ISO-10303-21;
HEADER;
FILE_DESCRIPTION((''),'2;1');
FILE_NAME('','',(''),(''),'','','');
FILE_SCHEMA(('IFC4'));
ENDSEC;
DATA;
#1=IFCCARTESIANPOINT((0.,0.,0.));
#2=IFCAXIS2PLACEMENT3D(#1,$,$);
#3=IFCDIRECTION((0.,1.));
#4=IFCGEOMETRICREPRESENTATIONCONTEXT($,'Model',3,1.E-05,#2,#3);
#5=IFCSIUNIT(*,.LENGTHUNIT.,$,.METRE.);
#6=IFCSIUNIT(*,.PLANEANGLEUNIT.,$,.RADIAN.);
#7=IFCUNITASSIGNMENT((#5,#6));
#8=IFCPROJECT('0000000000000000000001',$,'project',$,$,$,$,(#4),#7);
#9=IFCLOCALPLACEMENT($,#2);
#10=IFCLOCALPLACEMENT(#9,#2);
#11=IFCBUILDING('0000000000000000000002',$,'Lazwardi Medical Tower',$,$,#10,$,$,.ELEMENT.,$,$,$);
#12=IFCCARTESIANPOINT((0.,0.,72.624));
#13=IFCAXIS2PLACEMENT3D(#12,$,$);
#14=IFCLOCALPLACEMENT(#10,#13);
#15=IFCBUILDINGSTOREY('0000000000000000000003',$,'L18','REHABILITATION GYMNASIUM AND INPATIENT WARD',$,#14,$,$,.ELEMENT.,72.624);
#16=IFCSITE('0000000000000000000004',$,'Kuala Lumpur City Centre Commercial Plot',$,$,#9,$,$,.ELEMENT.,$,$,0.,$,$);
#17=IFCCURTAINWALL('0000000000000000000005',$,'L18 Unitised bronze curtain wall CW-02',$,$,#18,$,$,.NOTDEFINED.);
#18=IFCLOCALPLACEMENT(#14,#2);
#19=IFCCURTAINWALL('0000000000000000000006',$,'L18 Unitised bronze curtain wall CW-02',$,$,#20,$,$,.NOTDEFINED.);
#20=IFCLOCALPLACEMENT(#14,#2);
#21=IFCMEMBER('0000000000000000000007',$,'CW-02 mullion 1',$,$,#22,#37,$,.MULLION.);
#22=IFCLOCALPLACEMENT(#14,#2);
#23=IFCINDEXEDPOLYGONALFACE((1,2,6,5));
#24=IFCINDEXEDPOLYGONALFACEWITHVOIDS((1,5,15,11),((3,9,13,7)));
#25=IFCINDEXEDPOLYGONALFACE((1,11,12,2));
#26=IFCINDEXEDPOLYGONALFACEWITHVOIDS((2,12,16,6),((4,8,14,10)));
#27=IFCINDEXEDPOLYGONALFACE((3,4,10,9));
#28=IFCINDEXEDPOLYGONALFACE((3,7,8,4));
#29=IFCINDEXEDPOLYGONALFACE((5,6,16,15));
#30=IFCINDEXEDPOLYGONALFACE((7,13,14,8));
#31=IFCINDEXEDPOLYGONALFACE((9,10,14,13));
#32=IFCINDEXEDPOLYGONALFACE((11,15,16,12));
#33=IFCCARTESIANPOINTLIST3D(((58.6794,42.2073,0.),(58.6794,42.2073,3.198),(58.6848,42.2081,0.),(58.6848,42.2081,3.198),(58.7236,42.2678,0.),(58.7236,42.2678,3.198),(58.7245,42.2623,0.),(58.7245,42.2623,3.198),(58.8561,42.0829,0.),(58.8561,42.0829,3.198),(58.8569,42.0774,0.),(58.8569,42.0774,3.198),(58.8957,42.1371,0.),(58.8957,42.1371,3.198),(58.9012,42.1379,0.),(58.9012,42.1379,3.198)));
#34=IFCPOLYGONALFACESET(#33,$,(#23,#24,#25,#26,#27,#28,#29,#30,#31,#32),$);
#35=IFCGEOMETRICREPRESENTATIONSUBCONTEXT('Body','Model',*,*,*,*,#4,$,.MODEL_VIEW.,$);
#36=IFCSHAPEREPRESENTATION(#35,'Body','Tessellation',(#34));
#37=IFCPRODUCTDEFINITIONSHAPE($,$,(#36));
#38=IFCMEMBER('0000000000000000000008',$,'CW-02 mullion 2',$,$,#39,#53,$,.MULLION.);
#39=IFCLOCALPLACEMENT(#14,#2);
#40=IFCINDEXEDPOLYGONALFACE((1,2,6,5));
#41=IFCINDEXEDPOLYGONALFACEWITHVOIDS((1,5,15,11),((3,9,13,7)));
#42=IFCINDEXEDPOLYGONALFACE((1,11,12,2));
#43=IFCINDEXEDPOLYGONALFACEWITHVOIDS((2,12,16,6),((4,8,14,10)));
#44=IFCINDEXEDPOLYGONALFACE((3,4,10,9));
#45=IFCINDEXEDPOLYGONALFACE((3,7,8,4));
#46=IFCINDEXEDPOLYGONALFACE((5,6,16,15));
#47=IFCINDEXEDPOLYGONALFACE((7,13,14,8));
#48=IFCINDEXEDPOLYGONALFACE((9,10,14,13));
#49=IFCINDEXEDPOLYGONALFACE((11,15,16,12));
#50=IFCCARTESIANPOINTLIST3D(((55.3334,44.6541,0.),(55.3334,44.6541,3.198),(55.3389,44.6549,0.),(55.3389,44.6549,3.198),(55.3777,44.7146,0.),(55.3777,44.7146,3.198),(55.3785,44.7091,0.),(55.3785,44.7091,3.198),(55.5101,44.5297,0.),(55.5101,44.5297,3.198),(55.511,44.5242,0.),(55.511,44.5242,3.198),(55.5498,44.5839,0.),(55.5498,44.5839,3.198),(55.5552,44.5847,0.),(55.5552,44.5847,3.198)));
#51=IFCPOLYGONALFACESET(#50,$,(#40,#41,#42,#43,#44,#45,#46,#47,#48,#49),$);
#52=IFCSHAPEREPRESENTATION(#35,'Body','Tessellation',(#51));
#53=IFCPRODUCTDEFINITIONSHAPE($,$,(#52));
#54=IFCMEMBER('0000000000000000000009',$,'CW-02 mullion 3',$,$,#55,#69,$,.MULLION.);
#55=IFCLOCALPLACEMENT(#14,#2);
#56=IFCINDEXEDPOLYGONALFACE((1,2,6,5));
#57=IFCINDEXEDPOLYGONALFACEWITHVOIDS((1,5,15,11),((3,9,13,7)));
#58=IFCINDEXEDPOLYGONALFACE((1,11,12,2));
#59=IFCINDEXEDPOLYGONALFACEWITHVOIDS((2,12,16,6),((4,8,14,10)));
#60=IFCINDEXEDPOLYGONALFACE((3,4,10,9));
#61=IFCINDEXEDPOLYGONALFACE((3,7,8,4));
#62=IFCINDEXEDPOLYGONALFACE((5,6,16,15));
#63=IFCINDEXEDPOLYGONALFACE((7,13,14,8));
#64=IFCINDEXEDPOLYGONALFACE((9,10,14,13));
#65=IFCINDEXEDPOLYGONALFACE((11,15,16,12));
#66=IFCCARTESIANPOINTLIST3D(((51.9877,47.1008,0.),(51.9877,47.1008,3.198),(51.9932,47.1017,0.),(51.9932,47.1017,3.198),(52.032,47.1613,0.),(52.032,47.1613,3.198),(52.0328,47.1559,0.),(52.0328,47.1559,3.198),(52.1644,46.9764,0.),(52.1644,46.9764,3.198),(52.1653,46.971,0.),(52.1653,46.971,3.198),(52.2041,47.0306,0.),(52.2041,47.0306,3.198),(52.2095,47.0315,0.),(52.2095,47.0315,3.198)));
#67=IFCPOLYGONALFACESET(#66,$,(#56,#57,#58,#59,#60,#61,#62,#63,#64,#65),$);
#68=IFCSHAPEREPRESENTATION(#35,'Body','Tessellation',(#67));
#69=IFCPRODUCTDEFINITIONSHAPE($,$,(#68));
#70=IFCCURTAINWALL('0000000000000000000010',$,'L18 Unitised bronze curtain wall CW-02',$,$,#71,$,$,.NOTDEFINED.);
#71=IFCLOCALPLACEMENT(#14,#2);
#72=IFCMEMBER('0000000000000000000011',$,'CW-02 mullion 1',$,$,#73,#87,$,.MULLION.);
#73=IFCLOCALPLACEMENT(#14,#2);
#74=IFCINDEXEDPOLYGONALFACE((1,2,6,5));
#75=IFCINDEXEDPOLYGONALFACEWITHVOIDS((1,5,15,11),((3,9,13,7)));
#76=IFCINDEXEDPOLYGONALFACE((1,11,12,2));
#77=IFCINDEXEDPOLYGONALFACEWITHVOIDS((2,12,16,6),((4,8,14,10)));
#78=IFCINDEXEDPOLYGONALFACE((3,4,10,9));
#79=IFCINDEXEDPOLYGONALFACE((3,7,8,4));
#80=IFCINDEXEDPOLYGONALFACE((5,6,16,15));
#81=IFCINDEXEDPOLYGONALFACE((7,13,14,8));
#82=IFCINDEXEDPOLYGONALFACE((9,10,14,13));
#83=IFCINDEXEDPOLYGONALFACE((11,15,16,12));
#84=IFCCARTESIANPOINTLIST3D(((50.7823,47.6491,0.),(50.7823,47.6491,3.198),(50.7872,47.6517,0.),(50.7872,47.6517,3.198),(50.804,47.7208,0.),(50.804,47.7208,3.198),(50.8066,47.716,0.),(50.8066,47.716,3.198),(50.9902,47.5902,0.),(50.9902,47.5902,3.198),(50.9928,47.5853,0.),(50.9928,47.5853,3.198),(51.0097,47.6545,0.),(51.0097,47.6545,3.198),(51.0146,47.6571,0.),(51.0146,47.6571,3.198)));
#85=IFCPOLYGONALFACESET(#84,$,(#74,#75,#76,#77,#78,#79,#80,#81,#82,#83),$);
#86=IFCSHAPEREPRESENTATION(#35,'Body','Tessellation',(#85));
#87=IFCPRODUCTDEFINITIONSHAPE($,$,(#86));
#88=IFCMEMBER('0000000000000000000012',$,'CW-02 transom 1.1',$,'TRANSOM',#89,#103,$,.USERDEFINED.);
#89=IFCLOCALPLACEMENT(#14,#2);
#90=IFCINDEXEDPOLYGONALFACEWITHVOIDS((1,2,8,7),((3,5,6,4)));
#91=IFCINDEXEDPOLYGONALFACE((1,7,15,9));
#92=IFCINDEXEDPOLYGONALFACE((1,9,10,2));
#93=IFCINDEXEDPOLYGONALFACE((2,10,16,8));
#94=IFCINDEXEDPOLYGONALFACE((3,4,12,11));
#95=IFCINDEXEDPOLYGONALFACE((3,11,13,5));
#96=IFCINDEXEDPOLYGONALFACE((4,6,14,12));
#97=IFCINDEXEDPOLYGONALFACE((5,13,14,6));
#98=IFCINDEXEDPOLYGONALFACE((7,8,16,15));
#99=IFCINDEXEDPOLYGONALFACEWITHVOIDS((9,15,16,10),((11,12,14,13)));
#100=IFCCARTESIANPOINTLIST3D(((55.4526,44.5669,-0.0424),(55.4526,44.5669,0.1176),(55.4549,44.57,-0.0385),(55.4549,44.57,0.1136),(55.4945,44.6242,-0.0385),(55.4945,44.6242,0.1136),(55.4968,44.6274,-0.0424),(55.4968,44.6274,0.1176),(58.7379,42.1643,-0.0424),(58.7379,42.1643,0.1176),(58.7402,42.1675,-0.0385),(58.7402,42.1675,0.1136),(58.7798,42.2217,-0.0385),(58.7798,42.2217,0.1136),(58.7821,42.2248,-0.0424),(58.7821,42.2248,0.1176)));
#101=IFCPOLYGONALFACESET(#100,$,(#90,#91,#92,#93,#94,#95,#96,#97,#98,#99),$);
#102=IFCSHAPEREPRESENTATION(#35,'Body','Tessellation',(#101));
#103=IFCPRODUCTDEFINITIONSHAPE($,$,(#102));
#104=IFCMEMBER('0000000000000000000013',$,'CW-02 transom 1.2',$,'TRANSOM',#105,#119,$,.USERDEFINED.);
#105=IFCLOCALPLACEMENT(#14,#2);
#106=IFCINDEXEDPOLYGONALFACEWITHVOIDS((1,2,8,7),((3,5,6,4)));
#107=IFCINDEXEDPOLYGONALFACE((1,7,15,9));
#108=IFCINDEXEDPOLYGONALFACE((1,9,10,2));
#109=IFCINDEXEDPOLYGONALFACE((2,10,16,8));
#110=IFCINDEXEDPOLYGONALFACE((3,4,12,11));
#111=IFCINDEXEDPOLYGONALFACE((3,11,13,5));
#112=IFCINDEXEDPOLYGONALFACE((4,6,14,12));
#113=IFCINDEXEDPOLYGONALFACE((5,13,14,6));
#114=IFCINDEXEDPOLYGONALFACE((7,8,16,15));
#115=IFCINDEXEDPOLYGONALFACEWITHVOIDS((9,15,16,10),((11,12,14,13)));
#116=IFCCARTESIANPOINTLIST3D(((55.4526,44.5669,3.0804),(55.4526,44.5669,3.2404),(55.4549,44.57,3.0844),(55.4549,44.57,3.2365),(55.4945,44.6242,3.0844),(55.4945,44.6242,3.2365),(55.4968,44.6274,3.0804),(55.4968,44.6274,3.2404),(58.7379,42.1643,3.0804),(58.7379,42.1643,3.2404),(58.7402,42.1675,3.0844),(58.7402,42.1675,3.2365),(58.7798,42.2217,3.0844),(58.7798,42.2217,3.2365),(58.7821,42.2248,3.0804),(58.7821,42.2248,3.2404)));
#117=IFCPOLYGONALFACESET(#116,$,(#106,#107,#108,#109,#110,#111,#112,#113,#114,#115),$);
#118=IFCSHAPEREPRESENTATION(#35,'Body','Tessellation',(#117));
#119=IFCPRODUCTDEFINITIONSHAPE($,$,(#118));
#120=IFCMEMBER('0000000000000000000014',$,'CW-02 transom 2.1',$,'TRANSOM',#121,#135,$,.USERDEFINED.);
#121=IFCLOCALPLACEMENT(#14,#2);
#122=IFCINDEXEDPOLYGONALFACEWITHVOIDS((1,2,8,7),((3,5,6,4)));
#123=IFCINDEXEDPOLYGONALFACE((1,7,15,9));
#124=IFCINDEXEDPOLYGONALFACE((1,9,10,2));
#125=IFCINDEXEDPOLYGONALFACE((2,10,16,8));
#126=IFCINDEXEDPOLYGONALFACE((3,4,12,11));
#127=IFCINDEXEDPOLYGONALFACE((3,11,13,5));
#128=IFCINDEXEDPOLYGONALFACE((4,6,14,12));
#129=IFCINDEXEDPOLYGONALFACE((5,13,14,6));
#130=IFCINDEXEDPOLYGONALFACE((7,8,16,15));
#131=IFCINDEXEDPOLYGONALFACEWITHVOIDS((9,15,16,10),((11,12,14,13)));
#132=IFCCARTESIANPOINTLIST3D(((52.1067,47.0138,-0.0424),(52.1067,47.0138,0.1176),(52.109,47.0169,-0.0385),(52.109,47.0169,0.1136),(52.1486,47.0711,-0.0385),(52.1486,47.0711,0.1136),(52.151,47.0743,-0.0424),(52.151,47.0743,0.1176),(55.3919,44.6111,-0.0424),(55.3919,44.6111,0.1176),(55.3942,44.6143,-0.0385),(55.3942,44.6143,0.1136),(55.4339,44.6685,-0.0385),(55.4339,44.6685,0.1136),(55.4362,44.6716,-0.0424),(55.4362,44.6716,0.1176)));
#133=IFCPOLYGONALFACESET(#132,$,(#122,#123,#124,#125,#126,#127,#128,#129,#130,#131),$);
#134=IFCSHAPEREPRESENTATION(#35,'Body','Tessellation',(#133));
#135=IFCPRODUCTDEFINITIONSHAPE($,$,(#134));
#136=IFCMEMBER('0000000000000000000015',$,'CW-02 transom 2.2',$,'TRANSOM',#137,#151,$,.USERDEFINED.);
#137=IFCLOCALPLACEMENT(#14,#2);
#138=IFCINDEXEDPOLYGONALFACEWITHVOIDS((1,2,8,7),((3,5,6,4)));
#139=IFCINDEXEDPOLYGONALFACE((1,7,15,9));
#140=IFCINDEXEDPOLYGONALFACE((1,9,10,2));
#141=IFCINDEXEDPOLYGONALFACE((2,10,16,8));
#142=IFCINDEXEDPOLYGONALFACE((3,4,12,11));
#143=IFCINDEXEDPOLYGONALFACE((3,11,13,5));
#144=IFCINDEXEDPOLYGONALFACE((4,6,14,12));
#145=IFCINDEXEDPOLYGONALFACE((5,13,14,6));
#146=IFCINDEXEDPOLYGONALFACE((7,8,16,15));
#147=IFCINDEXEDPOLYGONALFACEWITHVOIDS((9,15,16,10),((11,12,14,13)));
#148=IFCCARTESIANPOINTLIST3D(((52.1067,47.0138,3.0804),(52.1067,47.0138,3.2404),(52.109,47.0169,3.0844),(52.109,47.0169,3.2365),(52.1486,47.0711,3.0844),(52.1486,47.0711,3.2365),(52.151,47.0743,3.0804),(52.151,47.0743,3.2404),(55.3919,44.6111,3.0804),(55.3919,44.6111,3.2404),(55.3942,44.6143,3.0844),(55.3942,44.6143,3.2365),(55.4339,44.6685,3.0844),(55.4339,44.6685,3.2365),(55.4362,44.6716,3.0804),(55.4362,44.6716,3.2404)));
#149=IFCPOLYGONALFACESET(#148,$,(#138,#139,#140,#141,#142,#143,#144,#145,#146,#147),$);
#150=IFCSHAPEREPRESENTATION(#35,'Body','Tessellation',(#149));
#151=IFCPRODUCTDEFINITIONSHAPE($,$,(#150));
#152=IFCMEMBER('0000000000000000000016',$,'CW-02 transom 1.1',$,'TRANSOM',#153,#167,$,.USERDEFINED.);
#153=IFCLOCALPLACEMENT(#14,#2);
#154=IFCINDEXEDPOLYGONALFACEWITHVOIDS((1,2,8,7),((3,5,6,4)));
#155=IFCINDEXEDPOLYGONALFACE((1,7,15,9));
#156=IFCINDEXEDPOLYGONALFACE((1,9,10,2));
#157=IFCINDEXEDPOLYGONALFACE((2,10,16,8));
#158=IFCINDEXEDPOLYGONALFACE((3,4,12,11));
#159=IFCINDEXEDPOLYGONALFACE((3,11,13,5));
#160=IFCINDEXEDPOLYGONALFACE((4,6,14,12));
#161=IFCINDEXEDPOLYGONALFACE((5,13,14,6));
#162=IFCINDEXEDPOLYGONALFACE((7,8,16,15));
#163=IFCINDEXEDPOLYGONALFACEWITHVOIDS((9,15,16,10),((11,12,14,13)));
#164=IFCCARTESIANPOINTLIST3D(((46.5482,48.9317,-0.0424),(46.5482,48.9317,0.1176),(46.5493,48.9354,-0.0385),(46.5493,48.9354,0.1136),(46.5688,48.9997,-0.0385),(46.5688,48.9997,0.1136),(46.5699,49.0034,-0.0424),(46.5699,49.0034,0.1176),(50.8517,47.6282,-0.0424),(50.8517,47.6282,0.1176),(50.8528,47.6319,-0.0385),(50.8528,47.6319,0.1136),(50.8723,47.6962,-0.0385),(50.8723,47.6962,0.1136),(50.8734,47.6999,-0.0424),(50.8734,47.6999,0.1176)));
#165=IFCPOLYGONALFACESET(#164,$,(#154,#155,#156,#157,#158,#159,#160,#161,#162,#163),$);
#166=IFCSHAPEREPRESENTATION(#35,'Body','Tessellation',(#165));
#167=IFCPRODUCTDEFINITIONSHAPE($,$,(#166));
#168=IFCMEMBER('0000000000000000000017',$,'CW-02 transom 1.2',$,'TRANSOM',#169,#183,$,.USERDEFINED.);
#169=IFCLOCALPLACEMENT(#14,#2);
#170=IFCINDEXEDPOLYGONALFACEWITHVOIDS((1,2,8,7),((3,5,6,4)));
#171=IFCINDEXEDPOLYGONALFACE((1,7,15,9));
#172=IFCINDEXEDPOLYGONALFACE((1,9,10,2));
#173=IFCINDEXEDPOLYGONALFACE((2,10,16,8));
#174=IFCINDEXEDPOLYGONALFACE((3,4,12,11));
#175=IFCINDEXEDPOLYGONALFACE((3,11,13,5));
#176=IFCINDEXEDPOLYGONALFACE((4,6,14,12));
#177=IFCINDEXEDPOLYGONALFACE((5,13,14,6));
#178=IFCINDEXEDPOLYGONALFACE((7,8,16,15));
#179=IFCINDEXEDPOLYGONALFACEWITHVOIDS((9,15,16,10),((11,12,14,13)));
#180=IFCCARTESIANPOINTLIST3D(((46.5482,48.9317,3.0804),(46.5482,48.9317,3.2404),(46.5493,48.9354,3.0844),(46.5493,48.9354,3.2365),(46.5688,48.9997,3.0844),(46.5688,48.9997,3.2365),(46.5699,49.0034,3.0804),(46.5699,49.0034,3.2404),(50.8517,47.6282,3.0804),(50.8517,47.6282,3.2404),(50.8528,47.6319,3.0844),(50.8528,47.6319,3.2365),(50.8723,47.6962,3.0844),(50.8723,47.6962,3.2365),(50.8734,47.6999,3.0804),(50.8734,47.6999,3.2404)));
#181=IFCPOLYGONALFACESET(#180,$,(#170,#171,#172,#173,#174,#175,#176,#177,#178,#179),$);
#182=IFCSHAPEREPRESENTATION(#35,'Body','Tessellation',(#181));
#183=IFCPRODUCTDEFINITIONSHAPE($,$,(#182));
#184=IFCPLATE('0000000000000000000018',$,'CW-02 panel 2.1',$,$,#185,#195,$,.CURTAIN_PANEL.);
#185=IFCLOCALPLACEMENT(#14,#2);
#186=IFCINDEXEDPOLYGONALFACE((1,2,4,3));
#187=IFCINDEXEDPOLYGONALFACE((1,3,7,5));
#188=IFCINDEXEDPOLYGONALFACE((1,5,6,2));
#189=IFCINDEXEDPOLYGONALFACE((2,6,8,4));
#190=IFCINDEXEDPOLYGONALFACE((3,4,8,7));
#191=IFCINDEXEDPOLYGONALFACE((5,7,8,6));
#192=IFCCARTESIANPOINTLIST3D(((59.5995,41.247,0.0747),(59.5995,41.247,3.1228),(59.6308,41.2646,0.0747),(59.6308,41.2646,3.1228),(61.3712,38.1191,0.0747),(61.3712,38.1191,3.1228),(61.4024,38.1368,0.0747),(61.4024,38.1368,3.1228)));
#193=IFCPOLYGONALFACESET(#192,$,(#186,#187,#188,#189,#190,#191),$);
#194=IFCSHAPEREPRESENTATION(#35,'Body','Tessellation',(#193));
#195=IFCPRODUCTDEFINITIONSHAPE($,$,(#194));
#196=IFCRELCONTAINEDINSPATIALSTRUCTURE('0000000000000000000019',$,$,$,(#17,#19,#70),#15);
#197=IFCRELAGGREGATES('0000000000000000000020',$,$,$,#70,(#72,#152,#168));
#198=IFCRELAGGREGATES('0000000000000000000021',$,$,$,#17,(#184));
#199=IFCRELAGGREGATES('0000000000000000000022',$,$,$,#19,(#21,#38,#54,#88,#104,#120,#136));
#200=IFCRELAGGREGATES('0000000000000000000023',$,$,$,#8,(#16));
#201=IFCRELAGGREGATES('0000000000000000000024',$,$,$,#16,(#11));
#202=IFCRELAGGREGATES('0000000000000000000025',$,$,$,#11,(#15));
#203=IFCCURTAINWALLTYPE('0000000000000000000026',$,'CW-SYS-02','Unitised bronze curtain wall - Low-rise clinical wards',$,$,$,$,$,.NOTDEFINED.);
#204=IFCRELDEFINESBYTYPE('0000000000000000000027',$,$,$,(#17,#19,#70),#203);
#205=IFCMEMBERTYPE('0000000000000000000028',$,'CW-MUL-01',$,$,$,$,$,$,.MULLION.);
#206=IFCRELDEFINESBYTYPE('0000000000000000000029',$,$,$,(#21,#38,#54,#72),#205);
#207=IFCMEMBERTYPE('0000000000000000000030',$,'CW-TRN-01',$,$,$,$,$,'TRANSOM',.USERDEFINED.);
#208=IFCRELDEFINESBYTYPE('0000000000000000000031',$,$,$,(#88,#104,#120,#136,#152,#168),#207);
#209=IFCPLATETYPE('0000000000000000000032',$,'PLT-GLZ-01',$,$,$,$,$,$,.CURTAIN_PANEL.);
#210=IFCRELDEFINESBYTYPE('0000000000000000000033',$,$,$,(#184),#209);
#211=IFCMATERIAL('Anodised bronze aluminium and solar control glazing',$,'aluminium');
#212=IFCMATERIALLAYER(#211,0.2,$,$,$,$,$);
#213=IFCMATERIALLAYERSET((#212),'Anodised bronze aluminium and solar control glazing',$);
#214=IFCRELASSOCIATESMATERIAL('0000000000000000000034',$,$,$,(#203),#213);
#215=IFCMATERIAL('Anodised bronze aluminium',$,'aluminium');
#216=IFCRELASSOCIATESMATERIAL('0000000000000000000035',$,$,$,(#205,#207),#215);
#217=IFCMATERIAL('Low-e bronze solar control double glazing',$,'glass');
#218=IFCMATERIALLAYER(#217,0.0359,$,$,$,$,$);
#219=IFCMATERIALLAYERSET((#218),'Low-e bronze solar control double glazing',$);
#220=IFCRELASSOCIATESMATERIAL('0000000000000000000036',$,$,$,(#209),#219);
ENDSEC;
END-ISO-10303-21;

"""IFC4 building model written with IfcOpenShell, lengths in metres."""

from ifc_helpers import new_model, si_unit, direction, frame, origin, origin_2d, place, context, subcontext, project, spatial, rectangle, hollow_rectangle, extrude, material, layer, layer_set, material_profile, profile_set, type_object, element, aggregate, save


model = new_model("IFC4")

# Units and contexts
model_context = context("Model", 3, precision=1e-05, world=origin(), true_north=direction((0.0, 1.0)))
body_context = subcontext(model_context, "Body", "Model", "MODEL_VIEW")
ifc_project = project(units=[si_unit("LENGTHUNIT", "METRE"), si_unit("PLANEANGLEUNIT", "RADIAN")], contexts=[model_context])

# Site, building, storey
site_placement = place(None, origin())
site = spatial("IfcSite", under=ifc_project, at=site_placement, Name="Kuala Lumpur City Centre Commercial Plot", CompositionType="ELEMENT", RefElevation=0.0)
building_placement = place(site_placement, origin())
building = spatial("IfcBuilding", under=site, at=building_placement, Name="Lazwardi Medical Tower", CompositionType="ELEMENT")
storey_placement = place(building_placement, frame((0.0, 0.0, 72.624)))
storey = spatial("IfcBuildingStorey", under=building, at=storey_placement, Name="L18", Description="REHABILITATION GYMNASIUM AND INPATIENT WARD", CompositionType="ELEMENT", Elevation=72.624)

# Curtain wall
ifc_material_1 = material(Name="Anodised bronze aluminium and solar control glazing", Category="aluminium")
ifc_layer_1 = layer(ifc_material_1, 0.2)
ifc_layer_set_1 = layer_set([ifc_layer_1], Name="Anodised bronze aluminium and solar control glazing")
curtain_wall_type = type_object("IfcCurtainWallType", Name="CW-SYS-02", Description="Unitised bronze curtain wall - Low-rise clinical wards", PredefinedType="NOTDEFINED", material=ifc_layer_set_1)
curtain_wall_1_placement = place(storey_placement, origin())
curtain_wall_1 = element("IfcCurtainWall", 1, at=curtain_wall_1_placement, inside=storey, type_object=curtain_wall_type, Name="L18 Unitised bronze curtain wall CW-02", PredefinedType="NOTDEFINED")
ifc_material_2 = material(Name="Anodised bronze aluminium", Category="aluminium")
ifc_material_profile_1 = material_profile(ifc_material_2, hollow_rectangle(XDim=0.075, YDim=0.22, WallThickness=0.0039, at=origin_2d()), Name="ALU-MULLION 220x75x4")
ifc_profile_set_1 = profile_set([ifc_material_profile_1], Name="Anodised bronze aluminium")
member_type_1 = type_object("IfcMemberType", Name="CW-MUL-01", PredefinedType="MULLION", material=ifc_profile_set_1)

# Curtain wall, members
curtain_wall_2_placement = place(storey_placement, origin())
curtain_wall_2 = element("IfcCurtainWall", 2, at=curtain_wall_2_placement, inside=storey, type_object=curtain_wall_type, Name="L18 Unitised bronze curtain wall CW-02", PredefinedType="NOTDEFINED")
member_1_placement = place(storey_placement, frame((58.7903, 42.1726, 0.0), z_axis=(0.0, 0.0, 1.0), x_axis=(-0.590289, -0.807192, 0.0)))
member_1 = element("IfcMember", 3, at=member_1_placement, type_object=member_type_1, Name="CW-02 mullion 1", PredefinedType="MULLION", context=body_context, shape_type="SweptSolid", body=[
    extrude(hollow_rectangle(XDim=0.075, YDim=0.22, WallThickness=0.0039, at=origin_2d()), origin(), (0.0, 0.0, 1.0), 3.198),
])
member_2_placement = place(storey_placement, frame((55.4443, 44.6194, 0.0), z_axis=(0.0, 0.0, 1.0), x_axis=(-0.590289, -0.807192, 0.0)))
member_2 = element("IfcMember", 4, at=member_2_placement, type_object=member_type_1, Name="CW-02 mullion 2", PredefinedType="MULLION", context=body_context, shape_type="SweptSolid", body=[
    extrude(hollow_rectangle(XDim=0.075, YDim=0.22, WallThickness=0.0039, at=origin_2d()), origin(), (0.0, 0.0, 1.0), 3.198),
])
member_3_placement = place(storey_placement, frame((52.0986, 47.0662, 0.0), z_axis=(0.0, 0.0, 1.0), x_axis=(-0.590289, -0.807192, 0.0)))
member_3 = element("IfcMember", 5, at=member_3_placement, type_object=member_type_1, Name="CW-02 mullion 3", PredefinedType="MULLION", context=body_context, shape_type="SweptSolid", body=[
    extrude(hollow_rectangle(XDim=0.075, YDim=0.22, WallThickness=0.0039, at=origin_2d()), origin(), (0.0, 0.0, 1.0), 3.198),
])

# Curtain wall, member
curtain_wall_3_placement = place(storey_placement, origin())
curtain_wall_3 = element("IfcCurtainWall", 6, at=curtain_wall_3_placement, inside=storey, type_object=curtain_wall_type, Name="L18 Unitised bronze curtain wall CW-02", PredefinedType="NOTDEFINED")
member_4_placement = place(storey_placement, frame((50.8984, 47.6531, 0.0), z_axis=(0.0, 0.0, 1.0), x_axis=(-0.289896, -0.957058, 0.0)))
member_4 = element("IfcMember", 7, at=member_4_placement, type_object=member_type_1, Name="CW-02 mullion 1", PredefinedType="MULLION", context=body_context, shape_type="SweptSolid", body=[
    extrude(hollow_rectangle(XDim=0.075, YDim=0.22, WallThickness=0.0039, at=origin_2d()), origin(), (0.0, 0.0, 1.0), 3.198),
])

# Members
ifc_material_profile_2 = material_profile(ifc_material_2, hollow_rectangle(XDim=0.075, YDim=0.1599, WallThickness=0.0039, at=origin_2d()), Name="ALU-TRANSOM 160x75x4")
ifc_profile_set_2 = profile_set([ifc_material_profile_2], Name="Anodised bronze aluminium")
member_type_2 = type_object("IfcMemberType", Name="CW-TRN-01", ElementType="TRANSOM", PredefinedType="USERDEFINED", material=ifc_profile_set_2)
member_5_placement = place(storey_placement, frame((58.76, 42.1946, 0.0376), z_axis=(-0.80719, 0.590292, 0.0), x_axis=(-0.590292, -0.80719, 0.0)))
member_5 = element("IfcMember", 8, at=member_5_placement, type_object=member_type_2, Name="CW-02 transom 1.1", ObjectType="TRANSOM", PredefinedType="USERDEFINED", context=body_context, shape_type="SweptSolid", body=[
    extrude(hollow_rectangle(XDim=0.075, YDim=0.1599, WallThickness=0.0039, at=origin_2d()), origin(), (0.0, 0.0, 1.0), 4.0701),
])
member_6_placement = place(storey_placement, frame((58.76, 42.1946, 3.1604), z_axis=(-0.80719, 0.590292, 0.0), x_axis=(-0.590292, -0.80719, 0.0)))
member_6 = element("IfcMember", 9, at=member_6_placement, type_object=member_type_2, Name="CW-02 transom 1.2", ObjectType="TRANSOM", PredefinedType="USERDEFINED", context=body_context, shape_type="SweptSolid", body=[
    extrude(hollow_rectangle(XDim=0.075, YDim=0.1599, WallThickness=0.0039, at=origin_2d()), origin(), (0.0, 0.0, 1.0), 4.0701),
])
member_7_placement = place(storey_placement, frame((55.4141, 44.6414, 0.0376), z_axis=(-0.807169, 0.59032, 0.0), x_axis=(-0.59032, -0.807169, 0.0)))
member_7 = element("IfcMember", 10, at=member_7_placement, type_object=member_type_2, Name="CW-02 transom 2.1", ObjectType="TRANSOM", PredefinedType="USERDEFINED", context=body_context, shape_type="SweptSolid", body=[
    extrude(hollow_rectangle(XDim=0.075, YDim=0.1599, WallThickness=0.0039, at=origin_2d()), origin(), (0.0, 0.0, 1.0), 4.0701),
])
member_8_placement = place(storey_placement, frame((55.4141, 44.6414, 3.1604), z_axis=(-0.807169, 0.59032, 0.0), x_axis=(-0.59032, -0.807169, 0.0)))
member_8 = element("IfcMember", 11, at=member_8_placement, type_object=member_type_2, Name="CW-02 transom 2.2", ObjectType="TRANSOM", PredefinedType="USERDEFINED", context=body_context, shape_type="SweptSolid", body=[
    extrude(hollow_rectangle(XDim=0.075, YDim=0.1599, WallThickness=0.0039, at=origin_2d()), origin(), (0.0, 0.0, 1.0), 4.0701),
])
member_9_placement = place(storey_placement, frame((50.8625, 47.6641, 0.0376), z_axis=(-0.957062, 0.289882, 0.0), x_axis=(-0.289882, -0.957062, 0.0)))
member_9 = element("IfcMember", 12, at=member_9_placement, type_object=member_type_2, Name="CW-02 transom 1.1", ObjectType="TRANSOM", PredefinedType="USERDEFINED", context=body_context, shape_type="SweptSolid", body=[
    extrude(hollow_rectangle(XDim=0.075, YDim=0.1599, WallThickness=0.0039, at=origin_2d()), origin(), (0.0, 0.0, 1.0), 4.4966),
])
member_10_placement = place(storey_placement, frame((50.8625, 47.6641, 3.1604), z_axis=(-0.957062, 0.289882, 0.0), x_axis=(-0.289882, -0.957062, 0.0)))
member_10 = element("IfcMember", 13, at=member_10_placement, type_object=member_type_2, Name="CW-02 transom 1.2", ObjectType="TRANSOM", PredefinedType="USERDEFINED", context=body_context, shape_type="SweptSolid", body=[
    extrude(hollow_rectangle(XDim=0.075, YDim=0.1599, WallThickness=0.0039, at=origin_2d()), origin(), (0.0, 0.0, 1.0), 4.4966),
])
aggregate(curtain_wall_3, [member_4, member_9, member_10])

# Plate
ifc_material_3 = material(Name="Low-e bronze solar control double glazing", Category="glass")
ifc_layer_2 = layer(ifc_material_3, 0.0359)
ifc_layer_set_2 = layer_set([ifc_layer_2], Name="Low-e bronze solar control double glazing")
plate_type = type_object("IfcPlateType", Name="PLT-GLZ-01", PredefinedType="CURTAIN_PANEL", material=ifc_layer_set_2)
plate_1_placement = place(storey_placement, frame((60.501, 39.6919, 0.0747), z_axis=(0.0, 0.0, 1.0), x_axis=(-0.492854, 0.870112, 0.0)))
plate_1 = element("IfcPlate", 14, at=plate_1_placement, type_object=plate_type, Name="CW-02 panel 2.1", PredefinedType="CURTAIN_PANEL", context=body_context, shape_type="SweptSolid", body=[
    extrude(rectangle(XDim=3.5947, YDim=0.0359, at=origin_2d()), origin(), (0.0, 0.0, 1.0), 3.0481),
])
aggregate(curtain_wall_1, [plate_1])
aggregate(curtain_wall_2, [member_1, member_2, member_3, member_5, member_6, member_7, member_8])

save(model, "model.ifc")
